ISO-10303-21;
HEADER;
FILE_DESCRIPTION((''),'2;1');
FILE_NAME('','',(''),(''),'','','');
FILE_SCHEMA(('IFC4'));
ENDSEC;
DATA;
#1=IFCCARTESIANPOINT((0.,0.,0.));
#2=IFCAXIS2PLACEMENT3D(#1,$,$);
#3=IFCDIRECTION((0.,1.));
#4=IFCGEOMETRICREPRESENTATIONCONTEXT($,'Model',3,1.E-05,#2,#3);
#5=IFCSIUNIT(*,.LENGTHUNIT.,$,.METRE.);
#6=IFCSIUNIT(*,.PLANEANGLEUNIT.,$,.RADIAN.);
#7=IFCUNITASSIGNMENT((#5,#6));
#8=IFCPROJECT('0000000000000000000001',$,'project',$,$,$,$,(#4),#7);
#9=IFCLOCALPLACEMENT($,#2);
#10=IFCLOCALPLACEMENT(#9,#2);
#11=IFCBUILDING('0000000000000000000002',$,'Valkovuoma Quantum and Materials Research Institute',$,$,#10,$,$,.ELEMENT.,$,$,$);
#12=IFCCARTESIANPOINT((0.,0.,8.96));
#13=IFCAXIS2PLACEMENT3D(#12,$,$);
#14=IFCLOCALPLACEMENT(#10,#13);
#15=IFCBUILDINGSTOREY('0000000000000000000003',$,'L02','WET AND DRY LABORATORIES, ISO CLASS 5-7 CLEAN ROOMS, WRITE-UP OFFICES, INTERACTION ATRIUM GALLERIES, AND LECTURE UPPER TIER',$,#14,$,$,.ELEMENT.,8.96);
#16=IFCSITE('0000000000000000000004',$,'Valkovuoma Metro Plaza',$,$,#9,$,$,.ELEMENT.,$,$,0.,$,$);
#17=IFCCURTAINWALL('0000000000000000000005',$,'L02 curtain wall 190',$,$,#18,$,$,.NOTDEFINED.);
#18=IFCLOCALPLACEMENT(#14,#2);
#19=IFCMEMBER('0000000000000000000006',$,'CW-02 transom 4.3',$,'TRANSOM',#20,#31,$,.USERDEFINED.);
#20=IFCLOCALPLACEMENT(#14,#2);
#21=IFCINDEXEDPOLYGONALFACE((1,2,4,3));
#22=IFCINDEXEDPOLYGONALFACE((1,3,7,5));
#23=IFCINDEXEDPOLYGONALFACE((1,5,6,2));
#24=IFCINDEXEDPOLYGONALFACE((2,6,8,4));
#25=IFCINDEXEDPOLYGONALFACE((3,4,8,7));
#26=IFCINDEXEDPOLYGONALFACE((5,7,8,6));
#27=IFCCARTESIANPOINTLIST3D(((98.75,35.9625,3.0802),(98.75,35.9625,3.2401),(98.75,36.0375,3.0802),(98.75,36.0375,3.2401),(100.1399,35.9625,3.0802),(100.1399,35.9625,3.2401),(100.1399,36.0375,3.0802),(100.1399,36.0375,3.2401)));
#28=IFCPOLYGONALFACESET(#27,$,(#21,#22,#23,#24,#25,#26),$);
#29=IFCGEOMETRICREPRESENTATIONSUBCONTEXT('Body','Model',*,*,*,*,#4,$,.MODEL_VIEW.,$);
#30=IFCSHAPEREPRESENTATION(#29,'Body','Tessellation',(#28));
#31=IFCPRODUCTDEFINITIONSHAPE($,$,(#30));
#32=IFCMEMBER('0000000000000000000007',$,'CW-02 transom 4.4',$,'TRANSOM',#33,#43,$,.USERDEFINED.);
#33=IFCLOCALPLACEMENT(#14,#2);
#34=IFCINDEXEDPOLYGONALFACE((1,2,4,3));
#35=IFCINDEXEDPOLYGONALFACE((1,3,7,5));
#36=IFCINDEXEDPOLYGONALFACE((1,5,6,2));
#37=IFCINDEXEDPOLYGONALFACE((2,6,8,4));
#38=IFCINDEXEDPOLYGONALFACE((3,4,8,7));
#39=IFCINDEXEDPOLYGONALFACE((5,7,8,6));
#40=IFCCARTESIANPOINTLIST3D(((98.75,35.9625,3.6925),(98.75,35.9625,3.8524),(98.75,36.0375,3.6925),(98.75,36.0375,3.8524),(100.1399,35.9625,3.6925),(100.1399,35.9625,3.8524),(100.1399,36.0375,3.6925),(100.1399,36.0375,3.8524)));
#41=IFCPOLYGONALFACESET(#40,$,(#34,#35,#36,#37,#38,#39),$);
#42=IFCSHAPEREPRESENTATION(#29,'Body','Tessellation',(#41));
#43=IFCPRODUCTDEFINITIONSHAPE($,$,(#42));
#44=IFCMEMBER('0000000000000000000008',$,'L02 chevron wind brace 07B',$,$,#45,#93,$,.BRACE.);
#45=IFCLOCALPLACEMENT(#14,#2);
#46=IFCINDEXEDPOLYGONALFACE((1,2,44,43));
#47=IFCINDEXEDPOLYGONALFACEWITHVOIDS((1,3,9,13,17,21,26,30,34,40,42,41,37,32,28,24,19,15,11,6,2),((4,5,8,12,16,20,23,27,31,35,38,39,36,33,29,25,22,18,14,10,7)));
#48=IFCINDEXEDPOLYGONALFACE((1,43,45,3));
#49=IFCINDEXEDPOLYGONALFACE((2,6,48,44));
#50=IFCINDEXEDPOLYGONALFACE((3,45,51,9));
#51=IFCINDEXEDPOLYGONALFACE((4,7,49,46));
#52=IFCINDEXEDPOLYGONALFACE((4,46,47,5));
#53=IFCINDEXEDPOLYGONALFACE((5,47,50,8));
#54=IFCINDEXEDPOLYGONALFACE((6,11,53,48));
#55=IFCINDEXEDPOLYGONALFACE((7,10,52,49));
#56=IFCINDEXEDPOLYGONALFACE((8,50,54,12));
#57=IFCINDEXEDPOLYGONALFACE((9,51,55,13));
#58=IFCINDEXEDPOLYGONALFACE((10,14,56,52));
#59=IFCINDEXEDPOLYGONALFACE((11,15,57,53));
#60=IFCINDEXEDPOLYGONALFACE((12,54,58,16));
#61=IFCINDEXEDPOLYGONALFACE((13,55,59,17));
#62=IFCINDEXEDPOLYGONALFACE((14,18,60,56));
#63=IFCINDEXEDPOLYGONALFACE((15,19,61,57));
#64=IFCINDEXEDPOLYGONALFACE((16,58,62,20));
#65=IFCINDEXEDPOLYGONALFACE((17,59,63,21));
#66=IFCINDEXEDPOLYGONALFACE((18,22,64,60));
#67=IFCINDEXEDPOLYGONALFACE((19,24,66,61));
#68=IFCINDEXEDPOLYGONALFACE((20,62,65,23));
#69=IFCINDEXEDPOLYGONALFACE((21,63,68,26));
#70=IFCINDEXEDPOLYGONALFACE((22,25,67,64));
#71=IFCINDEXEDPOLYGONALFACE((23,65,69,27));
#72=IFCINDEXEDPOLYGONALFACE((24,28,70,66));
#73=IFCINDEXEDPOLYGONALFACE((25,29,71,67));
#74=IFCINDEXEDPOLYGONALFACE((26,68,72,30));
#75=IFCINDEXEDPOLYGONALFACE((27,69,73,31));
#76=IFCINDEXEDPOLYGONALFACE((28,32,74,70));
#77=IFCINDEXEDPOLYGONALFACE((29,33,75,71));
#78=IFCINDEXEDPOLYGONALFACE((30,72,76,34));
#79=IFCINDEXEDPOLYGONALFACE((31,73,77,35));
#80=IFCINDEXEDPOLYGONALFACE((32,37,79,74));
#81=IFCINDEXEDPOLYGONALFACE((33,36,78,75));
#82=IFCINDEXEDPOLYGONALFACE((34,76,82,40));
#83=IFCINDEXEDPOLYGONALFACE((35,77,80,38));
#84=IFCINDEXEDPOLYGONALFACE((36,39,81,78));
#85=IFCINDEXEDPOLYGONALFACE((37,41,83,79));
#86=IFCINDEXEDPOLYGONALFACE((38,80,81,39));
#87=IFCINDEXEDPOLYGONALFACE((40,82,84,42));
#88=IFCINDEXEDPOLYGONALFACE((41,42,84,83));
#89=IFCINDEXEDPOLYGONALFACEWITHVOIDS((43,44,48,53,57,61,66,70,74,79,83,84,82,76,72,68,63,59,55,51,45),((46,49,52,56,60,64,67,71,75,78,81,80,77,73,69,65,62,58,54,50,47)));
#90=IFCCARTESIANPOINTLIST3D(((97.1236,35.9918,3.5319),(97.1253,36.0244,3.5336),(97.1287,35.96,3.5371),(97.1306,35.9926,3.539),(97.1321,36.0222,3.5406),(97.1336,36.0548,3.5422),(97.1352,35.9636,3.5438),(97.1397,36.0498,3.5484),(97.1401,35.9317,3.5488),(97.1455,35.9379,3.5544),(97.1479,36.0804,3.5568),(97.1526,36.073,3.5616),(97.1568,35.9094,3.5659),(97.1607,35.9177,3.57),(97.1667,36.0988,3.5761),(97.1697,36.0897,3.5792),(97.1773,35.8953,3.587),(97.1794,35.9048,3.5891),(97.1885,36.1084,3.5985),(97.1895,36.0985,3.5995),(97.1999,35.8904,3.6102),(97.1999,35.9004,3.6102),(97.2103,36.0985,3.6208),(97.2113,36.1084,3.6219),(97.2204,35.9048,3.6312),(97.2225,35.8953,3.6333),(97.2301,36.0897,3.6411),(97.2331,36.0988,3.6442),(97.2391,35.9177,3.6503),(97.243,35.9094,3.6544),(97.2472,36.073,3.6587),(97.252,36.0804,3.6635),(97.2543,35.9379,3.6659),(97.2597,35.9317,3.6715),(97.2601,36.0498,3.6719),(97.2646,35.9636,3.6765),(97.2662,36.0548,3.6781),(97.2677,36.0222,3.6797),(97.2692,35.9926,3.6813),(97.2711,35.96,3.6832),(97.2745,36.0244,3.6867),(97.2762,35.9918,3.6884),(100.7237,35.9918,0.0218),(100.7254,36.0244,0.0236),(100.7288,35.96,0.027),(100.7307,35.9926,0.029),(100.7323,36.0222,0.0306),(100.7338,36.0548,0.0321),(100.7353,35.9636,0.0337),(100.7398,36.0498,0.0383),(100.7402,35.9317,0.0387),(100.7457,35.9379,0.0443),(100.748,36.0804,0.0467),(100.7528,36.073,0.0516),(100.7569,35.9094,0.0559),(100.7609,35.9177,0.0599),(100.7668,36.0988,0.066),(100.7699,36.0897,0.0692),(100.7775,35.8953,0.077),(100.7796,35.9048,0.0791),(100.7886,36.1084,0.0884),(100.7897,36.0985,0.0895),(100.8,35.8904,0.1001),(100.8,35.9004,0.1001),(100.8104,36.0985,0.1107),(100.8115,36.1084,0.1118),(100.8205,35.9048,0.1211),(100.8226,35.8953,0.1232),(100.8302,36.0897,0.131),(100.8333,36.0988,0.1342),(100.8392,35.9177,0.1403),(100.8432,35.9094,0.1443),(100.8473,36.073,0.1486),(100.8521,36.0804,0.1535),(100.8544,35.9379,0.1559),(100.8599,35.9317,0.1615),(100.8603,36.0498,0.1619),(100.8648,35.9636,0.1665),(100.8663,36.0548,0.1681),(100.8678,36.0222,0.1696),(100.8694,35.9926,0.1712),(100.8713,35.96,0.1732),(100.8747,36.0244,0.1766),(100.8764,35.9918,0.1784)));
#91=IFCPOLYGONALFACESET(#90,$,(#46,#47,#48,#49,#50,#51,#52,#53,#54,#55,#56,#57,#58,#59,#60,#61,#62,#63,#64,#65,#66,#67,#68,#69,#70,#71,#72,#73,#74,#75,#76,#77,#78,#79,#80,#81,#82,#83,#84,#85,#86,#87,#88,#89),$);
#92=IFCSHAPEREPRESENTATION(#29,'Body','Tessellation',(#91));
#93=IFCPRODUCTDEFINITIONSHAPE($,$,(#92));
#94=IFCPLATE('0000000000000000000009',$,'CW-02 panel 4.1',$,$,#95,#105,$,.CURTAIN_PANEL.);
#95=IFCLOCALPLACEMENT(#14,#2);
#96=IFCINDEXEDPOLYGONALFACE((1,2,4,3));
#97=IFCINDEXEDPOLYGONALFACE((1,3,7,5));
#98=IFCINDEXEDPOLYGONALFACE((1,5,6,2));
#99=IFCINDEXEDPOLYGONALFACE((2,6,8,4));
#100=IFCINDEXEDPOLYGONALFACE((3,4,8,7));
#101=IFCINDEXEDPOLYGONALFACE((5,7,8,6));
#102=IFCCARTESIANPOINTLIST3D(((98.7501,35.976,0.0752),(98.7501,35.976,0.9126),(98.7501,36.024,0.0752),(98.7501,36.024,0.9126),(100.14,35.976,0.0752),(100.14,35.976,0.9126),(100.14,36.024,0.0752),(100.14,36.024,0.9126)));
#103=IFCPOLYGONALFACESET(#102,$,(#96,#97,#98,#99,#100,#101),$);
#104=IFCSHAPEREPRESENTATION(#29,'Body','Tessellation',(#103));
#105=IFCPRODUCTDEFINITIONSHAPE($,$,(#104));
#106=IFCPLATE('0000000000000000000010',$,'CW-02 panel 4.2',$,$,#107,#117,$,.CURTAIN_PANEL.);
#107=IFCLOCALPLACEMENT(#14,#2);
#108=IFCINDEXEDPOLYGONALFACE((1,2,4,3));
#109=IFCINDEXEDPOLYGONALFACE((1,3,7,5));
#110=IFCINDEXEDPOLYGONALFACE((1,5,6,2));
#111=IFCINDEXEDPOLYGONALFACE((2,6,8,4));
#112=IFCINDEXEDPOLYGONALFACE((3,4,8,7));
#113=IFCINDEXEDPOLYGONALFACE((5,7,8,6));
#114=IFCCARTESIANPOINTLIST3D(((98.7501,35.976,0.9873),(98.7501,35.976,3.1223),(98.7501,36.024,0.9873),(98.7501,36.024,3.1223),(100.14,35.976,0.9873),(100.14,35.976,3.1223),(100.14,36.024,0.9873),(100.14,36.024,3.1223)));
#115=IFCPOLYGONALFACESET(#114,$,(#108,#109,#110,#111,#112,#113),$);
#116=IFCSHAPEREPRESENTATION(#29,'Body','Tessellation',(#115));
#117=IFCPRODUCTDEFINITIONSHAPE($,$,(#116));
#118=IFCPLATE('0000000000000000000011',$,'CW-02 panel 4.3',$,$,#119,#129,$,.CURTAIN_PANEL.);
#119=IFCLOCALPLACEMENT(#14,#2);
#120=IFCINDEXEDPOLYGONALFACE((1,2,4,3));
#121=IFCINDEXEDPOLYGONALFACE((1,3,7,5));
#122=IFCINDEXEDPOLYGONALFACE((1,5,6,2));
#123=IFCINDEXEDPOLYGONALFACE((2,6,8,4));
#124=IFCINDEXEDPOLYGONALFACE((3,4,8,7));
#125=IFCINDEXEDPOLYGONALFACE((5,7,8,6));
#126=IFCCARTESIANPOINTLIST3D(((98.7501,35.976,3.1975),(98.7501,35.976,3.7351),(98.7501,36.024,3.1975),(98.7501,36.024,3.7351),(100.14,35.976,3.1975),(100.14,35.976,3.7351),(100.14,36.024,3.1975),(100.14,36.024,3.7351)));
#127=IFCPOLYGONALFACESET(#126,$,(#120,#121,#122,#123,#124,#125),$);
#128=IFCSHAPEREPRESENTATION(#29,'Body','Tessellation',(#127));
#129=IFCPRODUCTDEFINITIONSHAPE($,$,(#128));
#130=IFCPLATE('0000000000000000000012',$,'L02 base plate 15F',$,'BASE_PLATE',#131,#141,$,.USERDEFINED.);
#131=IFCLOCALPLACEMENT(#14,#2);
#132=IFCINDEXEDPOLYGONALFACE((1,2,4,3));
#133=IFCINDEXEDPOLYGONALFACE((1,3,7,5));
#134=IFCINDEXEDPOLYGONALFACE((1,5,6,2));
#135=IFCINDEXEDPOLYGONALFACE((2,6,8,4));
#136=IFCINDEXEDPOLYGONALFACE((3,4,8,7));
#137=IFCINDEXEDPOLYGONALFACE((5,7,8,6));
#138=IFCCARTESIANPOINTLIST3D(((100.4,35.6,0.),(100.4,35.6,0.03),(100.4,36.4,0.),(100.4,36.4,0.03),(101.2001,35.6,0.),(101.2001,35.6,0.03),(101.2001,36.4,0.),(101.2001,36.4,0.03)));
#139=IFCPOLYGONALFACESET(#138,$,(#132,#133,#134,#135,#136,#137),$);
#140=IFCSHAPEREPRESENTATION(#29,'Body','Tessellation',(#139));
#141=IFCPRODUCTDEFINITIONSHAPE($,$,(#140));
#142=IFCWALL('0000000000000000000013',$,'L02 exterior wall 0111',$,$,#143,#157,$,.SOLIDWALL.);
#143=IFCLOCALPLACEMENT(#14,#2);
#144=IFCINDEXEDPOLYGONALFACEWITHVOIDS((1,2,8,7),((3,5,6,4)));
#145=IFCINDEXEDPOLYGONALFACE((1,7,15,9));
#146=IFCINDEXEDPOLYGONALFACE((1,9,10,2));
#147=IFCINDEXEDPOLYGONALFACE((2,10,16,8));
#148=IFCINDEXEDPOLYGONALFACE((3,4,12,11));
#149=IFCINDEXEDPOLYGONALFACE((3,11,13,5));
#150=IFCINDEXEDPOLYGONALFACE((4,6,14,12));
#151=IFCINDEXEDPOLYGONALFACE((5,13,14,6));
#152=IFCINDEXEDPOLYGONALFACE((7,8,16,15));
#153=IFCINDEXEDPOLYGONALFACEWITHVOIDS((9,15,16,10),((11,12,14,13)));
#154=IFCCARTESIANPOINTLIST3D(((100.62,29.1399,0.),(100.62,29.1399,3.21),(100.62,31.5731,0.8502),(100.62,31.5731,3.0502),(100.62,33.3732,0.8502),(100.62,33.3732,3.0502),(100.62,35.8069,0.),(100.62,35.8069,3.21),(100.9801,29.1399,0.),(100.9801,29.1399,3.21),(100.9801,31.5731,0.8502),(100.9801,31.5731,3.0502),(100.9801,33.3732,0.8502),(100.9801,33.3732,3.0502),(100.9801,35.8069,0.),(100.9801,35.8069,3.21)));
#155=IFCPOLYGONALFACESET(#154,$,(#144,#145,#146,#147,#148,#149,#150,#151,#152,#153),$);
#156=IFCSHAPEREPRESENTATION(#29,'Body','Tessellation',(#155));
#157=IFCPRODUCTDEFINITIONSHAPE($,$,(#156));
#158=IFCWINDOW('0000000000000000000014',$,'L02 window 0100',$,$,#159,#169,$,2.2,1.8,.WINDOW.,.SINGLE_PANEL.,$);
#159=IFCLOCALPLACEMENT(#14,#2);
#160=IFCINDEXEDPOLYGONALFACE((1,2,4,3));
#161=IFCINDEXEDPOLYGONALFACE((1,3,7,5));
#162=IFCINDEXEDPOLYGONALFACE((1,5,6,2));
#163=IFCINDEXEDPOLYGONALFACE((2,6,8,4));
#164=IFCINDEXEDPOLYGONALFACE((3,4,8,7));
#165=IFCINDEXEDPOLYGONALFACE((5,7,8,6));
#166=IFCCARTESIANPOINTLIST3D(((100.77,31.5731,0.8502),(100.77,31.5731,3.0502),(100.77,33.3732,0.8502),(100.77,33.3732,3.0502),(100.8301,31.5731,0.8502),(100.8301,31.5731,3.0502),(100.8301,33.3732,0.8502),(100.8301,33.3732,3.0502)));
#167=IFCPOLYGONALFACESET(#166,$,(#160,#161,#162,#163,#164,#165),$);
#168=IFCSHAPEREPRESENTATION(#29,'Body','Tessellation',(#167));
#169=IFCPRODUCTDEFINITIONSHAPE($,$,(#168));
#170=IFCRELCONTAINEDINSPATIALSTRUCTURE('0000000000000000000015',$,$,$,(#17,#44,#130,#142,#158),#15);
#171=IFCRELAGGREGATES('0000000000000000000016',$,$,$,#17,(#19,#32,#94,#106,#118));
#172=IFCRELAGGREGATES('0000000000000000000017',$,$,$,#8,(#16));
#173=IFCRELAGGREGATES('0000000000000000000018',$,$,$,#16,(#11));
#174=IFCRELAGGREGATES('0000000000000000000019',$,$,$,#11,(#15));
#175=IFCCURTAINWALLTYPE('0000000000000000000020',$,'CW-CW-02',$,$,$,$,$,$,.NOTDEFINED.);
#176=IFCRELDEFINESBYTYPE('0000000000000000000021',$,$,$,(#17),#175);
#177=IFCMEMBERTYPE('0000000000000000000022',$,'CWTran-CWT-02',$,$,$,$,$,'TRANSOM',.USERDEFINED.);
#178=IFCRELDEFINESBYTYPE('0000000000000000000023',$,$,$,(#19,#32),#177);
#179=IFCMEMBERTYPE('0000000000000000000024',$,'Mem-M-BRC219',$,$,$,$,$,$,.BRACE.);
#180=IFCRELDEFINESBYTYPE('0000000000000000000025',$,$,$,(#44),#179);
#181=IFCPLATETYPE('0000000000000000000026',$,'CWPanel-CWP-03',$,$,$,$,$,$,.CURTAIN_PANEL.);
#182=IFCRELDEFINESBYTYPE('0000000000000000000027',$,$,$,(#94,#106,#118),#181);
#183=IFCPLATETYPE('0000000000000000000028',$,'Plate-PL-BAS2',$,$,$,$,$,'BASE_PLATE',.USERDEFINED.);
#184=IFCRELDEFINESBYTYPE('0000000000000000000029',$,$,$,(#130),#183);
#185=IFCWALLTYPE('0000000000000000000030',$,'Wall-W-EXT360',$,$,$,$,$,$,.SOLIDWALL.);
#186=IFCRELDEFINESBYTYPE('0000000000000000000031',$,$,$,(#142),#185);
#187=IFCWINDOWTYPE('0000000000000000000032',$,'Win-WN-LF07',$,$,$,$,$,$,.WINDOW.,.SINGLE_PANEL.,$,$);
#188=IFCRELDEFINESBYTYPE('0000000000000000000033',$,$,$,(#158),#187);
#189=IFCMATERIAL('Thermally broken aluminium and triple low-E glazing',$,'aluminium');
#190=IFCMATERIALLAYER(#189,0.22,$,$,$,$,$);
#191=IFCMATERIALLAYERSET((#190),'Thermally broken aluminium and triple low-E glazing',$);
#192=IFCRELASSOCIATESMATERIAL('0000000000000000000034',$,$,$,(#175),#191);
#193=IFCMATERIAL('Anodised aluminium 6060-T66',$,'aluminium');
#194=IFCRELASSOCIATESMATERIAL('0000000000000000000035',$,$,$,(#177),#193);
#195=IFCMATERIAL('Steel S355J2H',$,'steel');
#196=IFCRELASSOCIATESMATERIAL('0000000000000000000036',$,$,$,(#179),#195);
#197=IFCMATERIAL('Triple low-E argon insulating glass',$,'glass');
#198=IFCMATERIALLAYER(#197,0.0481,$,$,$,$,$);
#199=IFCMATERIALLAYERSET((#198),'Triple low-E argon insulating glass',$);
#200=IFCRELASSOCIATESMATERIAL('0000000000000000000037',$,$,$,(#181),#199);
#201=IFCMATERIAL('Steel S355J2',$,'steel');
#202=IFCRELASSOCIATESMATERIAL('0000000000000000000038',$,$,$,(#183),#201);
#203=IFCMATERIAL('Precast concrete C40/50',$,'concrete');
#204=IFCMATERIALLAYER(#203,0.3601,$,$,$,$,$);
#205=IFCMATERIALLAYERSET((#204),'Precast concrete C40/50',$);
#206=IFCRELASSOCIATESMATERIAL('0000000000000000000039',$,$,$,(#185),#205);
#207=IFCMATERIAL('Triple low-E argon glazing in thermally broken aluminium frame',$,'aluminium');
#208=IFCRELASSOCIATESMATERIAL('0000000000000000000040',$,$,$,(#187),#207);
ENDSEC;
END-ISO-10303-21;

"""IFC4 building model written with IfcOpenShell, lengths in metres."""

from ifc_helpers import new_model, si_unit, direction, frame, frame_2d, origin, origin_2d, place, context, subcontext, project, spatial, rectangle, hollow_circle, extrude, material, layer, layer_set, material_profile, profile_set, type_object, element, fill, aggregate, save


model = new_model("IFC4")

# Units and contexts
model_context = context("Model", 3, precision=1e-05, world=origin(), true_north=direction((0.0, 1.0)))
body_context = subcontext(model_context, "Body", "Model", "MODEL_VIEW")
ifc_project = project(units=[si_unit("LENGTHUNIT", "METRE"), si_unit("PLANEANGLEUNIT", "RADIAN")], contexts=[model_context])

# Site, building, storey
site_placement = place(None, origin())
site = spatial("IfcSite", under=ifc_project, at=site_placement, Name="Valkovuoma Metro Plaza", CompositionType="ELEMENT", RefElevation=0.0)
building_placement = place(site_placement, origin())
building = spatial("IfcBuilding", under=site, at=building_placement, Name="Valkovuoma Quantum and Materials Research Institute", CompositionType="ELEMENT")
storey_placement = place(building_placement, frame((0.0, 0.0, 8.96)))
storey = spatial("IfcBuildingStorey", under=building, at=storey_placement, Name="L02", Description="WET AND DRY LABORATORIES, ISO CLASS 5-7 CLEAN ROOMS, WRITE-UP OFFICES, INTERACTION ATRIUM GALLERIES, AND LECTURE UPPER TIER", CompositionType="ELEMENT", Elevation=8.96)

# Curtain wall, members
ifc_material_1 = material(Name="Thermally broken aluminium and triple low-E glazing", Category="aluminium")
ifc_layer_1 = layer(ifc_material_1, 0.22)
ifc_layer_set_1 = layer_set([ifc_layer_1], Name="Thermally broken aluminium and triple low-E glazing")
curtain_wall_type = type_object("IfcCurtainWallType", Name="CW-CW-02", PredefinedType="NOTDEFINED", material=ifc_layer_set_1)
curtain_wall_placement = place(storey_placement, origin())
curtain_wall = element("IfcCurtainWall", 1, at=curtain_wall_placement, inside=storey, type_object=curtain_wall_type, Name="L02 curtain wall 190", PredefinedType="NOTDEFINED")
ifc_material_2 = material(Name="Anodised aluminium 6060-T66", Category="aluminium")
ifc_material_profile_1 = material_profile(ifc_material_2, rectangle(XDim=0.075, YDim=0.1599, at=origin_2d()), Name="Anodised aluminium 6060-T66")
ifc_profile_set_1 = profile_set([ifc_material_profile_1], Name="Anodised aluminium 6060-T66")
member_type_1 = type_object("IfcMemberType", Name="CWTran-CWT-02", ElementType="TRANSOM", PredefinedType="USERDEFINED", material=ifc_profile_set_1)
member_1_placement = place(storey_placement, frame((98.75, 36.0, 3.1602), z_axis=(1.0, 0.0, 0.0), x_axis=(0.0, 1.0, 0.0)))
member_1 = element("IfcMember", 2, at=member_1_placement, type_object=member_type_1, Name="CW-02 transom 4.3", ObjectType="TRANSOM", PredefinedType="USERDEFINED", context=body_context, shape_type="SweptSolid", body=[
    extrude(rectangle(XDim=0.075, YDim=0.1599, at=origin_2d()), origin(), (0.0, 0.0, 1.0), 1.3899),
])
member_2_placement = place(storey_placement, frame((98.75, 36.0, 3.7725), z_axis=(1.0, 0.0, 0.0), x_axis=(0.0, 1.0, 0.0)))
member_2 = element("IfcMember", 3, at=member_2_placement, type_object=member_type_1, Name="CW-02 transom 4.4", ObjectType="TRANSOM", PredefinedType="USERDEFINED", context=body_context, shape_type="SweptSolid", body=[
    extrude(rectangle(XDim=0.075, YDim=0.1599, at=origin_2d()), origin(), (0.0, 0.0, 1.0), 1.3899),
])

# Member
ifc_material_3 = material(Name="Steel S355J2H", Category="steel")
ifc_material_profile_2 = material_profile(ifc_material_3, hollow_circle(Radius=0.1096, WallThickness=0.01, at=origin_2d()), Name="Steel S355J2H")
ifc_profile_set_2 = profile_set([ifc_material_profile_2], Name="Steel S355J2H")
member_type_2 = type_object("IfcMemberType", Name="Mem-M-BRC219", PredefinedType="BRACE", material=ifc_profile_set_2)
member_3_placement = place(storey_placement, frame((100.8, 36.0, 0.1001), z_axis=(-0.716009, 0.0, 0.698091), x_axis=(0.0, -1.0, 0.0)))
element("IfcMember", 4, at=member_3_placement, inside=storey, type_object=member_type_2, Name="L02 chevron wind brace 07B", PredefinedType="BRACE", context=body_context, shape_type="SweptSolid", body=[
    extrude(hollow_circle(Radius=0.1096, WallThickness=0.01, at=origin_2d()), origin(), (0.0, 0.0, 1.0), 5.0281),
])

# Plates
ifc_material_4 = material(Name="Triple low-E argon insulating glass", Category="glass")
ifc_layer_2 = layer(ifc_material_4, 0.0481)
ifc_layer_set_2 = layer_set([ifc_layer_2], Name="Triple low-E argon insulating glass")
plate_type_1 = type_object("IfcPlateType", Name="CWPanel-CWP-03", PredefinedType="CURTAIN_PANEL", material=ifc_layer_set_2)
plate_1_placement = place(storey_placement, frame((99.4451, 36.0, 0.0752), z_axis=(0.0, 0.0, 1.0), x_axis=(1.0, 0.0, 0.0)))
plate_1 = element("IfcPlate", 5, at=plate_1_placement, type_object=plate_type_1, Name="CW-02 panel 4.1", PredefinedType="CURTAIN_PANEL", context=body_context, shape_type="SweptSolid", body=[
    extrude(rectangle(XDim=1.3899, YDim=0.0481, at=origin_2d()), origin(), (0.0, 0.0, 1.0), 0.8374),
])
plate_2_placement = place(storey_placement, frame((99.4451, 36.0, 0.9873), z_axis=(0.0, 0.0, 1.0), x_axis=(1.0, 0.0, 0.0)))
plate_2 = element("IfcPlate", 6, at=plate_2_placement, type_object=plate_type_1, Name="CW-02 panel 4.2", PredefinedType="CURTAIN_PANEL", context=body_context, shape_type="SweptSolid", body=[
    extrude(rectangle(XDim=1.3899, YDim=0.0481, at=origin_2d()), origin(), (0.0, 0.0, 1.0), 2.135),
])
plate_3_placement = place(storey_placement, frame((99.4451, 36.0, 3.1975), z_axis=(0.0, 0.0, 1.0), x_axis=(1.0, 0.0, 0.0)))
plate_3 = element("IfcPlate", 7, at=plate_3_placement, type_object=plate_type_1, Name="CW-02 panel 4.3", PredefinedType="CURTAIN_PANEL", context=body_context, shape_type="SweptSolid", body=[
    extrude(rectangle(XDim=1.3899, YDim=0.0481, at=origin_2d()), origin(), (0.0, 0.0, 1.0), 0.5376),
])
aggregate(curtain_wall, [member_1, member_2, plate_1, plate_2, plate_3])
ifc_material_5 = material(Name="Steel S355J2", Category="steel")
plate_type_2 = type_object("IfcPlateType", Name="Plate-PL-BAS2", ElementType="BASE_PLATE", PredefinedType="USERDEFINED", material=ifc_material_5)
plate_4_placement = place(storey_placement, frame((100.8, 36.0, 0.0), z_axis=(0.0, 0.0, 1.0), x_axis=(1.0, 0.0, 0.0)))
element("IfcPlate", 8, at=plate_4_placement, inside=storey, type_object=plate_type_2, Name="L02 base plate 15F", ObjectType="BASE_PLATE", PredefinedType="USERDEFINED", context=body_context, shape_type="SweptSolid", body=[
    extrude(rectangle(XDim=0.8, YDim=0.8, at=origin_2d()), origin(), (0.0, 0.0, 1.0), 0.03),
])

# Wall, opening, window
ifc_material_6 = material(Name="Precast concrete C40/50", Category="concrete")
ifc_layer_3 = layer(ifc_material_6, 0.3601)
ifc_layer_set_3 = layer_set([ifc_layer_3], Name="Precast concrete C40/50")
wall_type_1 = type_object("IfcWallType", Name="Wall-W-EXT360", PredefinedType="SOLIDWALL", material=ifc_layer_set_3)
wall_1_placement = place(storey_placement, frame((100.8, 29.1399, 0.0), z_axis=(0.0, 0.0, 1.0), x_axis=(0.0, 1.0, 0.0)))
wall_1 = element("IfcWall", 9, at=wall_1_placement, inside=storey, type_object=wall_type_1, Name="L02 exterior wall 0111", PredefinedType="SOLIDWALL", context=body_context, shape_type="SweptSolid", body=[
    extrude(rectangle(XDim=6.667, YDim=0.3601, at=frame_2d((3.3335, 0.0))), origin(), (0.0, 0.0, 1.0), 3.21),
])
opening_1_placement = place(wall_1_placement, frame((2.4333, 0.0, 0.8501)))
opening_1 = element("IfcOpeningElement", 10, at=opening_1_placement, cuts=wall_1, PredefinedType="OPENING", context=body_context, shape_type="SweptSolid", body=[
    extrude(rectangle(XDim=1.8, YDim=2.2, at=frame_2d((0.8999, 1.1001))), frame((0.0, 0.1899, 0.0), z_axis=(0.0, -1.0, 0.0), x_axis=(1.0, 0.0, 0.0)), (0.0, 0.0, 1.0), 0.3801),
])
ifc_material_7 = material(Name="Triple low-E argon glazing in thermally broken aluminium frame", Category="aluminium")
window_type_1 = type_object("IfcWindowType", Name="Win-WN-LF07", PartitioningType="SINGLE_PANEL", PredefinedType="WINDOW", material=ifc_material_7)
window_1_placement = place(opening_1_placement, origin())
window_1 = element("IfcWindow", 11, at=window_1_placement, inside=storey, type_object=window_type_1, Name="L02 window 0100", OverallHeight=2.2, OverallWidth=1.8, PartitioningType="SINGLE_PANEL", PredefinedType="WINDOW", context=body_context, shape_type="SweptSolid", body=[
    extrude(rectangle(XDim=1.8, YDim=2.2, at=frame_2d((0.8999, 1.1001))), frame((0.0, 0.03, 0.0), z_axis=(0.0, -1.0, 0.0), x_axis=(1.0, 0.0, 0.0)), (0.0, 0.0, 1.0), 0.0601),
])
fill(opening_1, window_1)

save(model, "model.ifc")
